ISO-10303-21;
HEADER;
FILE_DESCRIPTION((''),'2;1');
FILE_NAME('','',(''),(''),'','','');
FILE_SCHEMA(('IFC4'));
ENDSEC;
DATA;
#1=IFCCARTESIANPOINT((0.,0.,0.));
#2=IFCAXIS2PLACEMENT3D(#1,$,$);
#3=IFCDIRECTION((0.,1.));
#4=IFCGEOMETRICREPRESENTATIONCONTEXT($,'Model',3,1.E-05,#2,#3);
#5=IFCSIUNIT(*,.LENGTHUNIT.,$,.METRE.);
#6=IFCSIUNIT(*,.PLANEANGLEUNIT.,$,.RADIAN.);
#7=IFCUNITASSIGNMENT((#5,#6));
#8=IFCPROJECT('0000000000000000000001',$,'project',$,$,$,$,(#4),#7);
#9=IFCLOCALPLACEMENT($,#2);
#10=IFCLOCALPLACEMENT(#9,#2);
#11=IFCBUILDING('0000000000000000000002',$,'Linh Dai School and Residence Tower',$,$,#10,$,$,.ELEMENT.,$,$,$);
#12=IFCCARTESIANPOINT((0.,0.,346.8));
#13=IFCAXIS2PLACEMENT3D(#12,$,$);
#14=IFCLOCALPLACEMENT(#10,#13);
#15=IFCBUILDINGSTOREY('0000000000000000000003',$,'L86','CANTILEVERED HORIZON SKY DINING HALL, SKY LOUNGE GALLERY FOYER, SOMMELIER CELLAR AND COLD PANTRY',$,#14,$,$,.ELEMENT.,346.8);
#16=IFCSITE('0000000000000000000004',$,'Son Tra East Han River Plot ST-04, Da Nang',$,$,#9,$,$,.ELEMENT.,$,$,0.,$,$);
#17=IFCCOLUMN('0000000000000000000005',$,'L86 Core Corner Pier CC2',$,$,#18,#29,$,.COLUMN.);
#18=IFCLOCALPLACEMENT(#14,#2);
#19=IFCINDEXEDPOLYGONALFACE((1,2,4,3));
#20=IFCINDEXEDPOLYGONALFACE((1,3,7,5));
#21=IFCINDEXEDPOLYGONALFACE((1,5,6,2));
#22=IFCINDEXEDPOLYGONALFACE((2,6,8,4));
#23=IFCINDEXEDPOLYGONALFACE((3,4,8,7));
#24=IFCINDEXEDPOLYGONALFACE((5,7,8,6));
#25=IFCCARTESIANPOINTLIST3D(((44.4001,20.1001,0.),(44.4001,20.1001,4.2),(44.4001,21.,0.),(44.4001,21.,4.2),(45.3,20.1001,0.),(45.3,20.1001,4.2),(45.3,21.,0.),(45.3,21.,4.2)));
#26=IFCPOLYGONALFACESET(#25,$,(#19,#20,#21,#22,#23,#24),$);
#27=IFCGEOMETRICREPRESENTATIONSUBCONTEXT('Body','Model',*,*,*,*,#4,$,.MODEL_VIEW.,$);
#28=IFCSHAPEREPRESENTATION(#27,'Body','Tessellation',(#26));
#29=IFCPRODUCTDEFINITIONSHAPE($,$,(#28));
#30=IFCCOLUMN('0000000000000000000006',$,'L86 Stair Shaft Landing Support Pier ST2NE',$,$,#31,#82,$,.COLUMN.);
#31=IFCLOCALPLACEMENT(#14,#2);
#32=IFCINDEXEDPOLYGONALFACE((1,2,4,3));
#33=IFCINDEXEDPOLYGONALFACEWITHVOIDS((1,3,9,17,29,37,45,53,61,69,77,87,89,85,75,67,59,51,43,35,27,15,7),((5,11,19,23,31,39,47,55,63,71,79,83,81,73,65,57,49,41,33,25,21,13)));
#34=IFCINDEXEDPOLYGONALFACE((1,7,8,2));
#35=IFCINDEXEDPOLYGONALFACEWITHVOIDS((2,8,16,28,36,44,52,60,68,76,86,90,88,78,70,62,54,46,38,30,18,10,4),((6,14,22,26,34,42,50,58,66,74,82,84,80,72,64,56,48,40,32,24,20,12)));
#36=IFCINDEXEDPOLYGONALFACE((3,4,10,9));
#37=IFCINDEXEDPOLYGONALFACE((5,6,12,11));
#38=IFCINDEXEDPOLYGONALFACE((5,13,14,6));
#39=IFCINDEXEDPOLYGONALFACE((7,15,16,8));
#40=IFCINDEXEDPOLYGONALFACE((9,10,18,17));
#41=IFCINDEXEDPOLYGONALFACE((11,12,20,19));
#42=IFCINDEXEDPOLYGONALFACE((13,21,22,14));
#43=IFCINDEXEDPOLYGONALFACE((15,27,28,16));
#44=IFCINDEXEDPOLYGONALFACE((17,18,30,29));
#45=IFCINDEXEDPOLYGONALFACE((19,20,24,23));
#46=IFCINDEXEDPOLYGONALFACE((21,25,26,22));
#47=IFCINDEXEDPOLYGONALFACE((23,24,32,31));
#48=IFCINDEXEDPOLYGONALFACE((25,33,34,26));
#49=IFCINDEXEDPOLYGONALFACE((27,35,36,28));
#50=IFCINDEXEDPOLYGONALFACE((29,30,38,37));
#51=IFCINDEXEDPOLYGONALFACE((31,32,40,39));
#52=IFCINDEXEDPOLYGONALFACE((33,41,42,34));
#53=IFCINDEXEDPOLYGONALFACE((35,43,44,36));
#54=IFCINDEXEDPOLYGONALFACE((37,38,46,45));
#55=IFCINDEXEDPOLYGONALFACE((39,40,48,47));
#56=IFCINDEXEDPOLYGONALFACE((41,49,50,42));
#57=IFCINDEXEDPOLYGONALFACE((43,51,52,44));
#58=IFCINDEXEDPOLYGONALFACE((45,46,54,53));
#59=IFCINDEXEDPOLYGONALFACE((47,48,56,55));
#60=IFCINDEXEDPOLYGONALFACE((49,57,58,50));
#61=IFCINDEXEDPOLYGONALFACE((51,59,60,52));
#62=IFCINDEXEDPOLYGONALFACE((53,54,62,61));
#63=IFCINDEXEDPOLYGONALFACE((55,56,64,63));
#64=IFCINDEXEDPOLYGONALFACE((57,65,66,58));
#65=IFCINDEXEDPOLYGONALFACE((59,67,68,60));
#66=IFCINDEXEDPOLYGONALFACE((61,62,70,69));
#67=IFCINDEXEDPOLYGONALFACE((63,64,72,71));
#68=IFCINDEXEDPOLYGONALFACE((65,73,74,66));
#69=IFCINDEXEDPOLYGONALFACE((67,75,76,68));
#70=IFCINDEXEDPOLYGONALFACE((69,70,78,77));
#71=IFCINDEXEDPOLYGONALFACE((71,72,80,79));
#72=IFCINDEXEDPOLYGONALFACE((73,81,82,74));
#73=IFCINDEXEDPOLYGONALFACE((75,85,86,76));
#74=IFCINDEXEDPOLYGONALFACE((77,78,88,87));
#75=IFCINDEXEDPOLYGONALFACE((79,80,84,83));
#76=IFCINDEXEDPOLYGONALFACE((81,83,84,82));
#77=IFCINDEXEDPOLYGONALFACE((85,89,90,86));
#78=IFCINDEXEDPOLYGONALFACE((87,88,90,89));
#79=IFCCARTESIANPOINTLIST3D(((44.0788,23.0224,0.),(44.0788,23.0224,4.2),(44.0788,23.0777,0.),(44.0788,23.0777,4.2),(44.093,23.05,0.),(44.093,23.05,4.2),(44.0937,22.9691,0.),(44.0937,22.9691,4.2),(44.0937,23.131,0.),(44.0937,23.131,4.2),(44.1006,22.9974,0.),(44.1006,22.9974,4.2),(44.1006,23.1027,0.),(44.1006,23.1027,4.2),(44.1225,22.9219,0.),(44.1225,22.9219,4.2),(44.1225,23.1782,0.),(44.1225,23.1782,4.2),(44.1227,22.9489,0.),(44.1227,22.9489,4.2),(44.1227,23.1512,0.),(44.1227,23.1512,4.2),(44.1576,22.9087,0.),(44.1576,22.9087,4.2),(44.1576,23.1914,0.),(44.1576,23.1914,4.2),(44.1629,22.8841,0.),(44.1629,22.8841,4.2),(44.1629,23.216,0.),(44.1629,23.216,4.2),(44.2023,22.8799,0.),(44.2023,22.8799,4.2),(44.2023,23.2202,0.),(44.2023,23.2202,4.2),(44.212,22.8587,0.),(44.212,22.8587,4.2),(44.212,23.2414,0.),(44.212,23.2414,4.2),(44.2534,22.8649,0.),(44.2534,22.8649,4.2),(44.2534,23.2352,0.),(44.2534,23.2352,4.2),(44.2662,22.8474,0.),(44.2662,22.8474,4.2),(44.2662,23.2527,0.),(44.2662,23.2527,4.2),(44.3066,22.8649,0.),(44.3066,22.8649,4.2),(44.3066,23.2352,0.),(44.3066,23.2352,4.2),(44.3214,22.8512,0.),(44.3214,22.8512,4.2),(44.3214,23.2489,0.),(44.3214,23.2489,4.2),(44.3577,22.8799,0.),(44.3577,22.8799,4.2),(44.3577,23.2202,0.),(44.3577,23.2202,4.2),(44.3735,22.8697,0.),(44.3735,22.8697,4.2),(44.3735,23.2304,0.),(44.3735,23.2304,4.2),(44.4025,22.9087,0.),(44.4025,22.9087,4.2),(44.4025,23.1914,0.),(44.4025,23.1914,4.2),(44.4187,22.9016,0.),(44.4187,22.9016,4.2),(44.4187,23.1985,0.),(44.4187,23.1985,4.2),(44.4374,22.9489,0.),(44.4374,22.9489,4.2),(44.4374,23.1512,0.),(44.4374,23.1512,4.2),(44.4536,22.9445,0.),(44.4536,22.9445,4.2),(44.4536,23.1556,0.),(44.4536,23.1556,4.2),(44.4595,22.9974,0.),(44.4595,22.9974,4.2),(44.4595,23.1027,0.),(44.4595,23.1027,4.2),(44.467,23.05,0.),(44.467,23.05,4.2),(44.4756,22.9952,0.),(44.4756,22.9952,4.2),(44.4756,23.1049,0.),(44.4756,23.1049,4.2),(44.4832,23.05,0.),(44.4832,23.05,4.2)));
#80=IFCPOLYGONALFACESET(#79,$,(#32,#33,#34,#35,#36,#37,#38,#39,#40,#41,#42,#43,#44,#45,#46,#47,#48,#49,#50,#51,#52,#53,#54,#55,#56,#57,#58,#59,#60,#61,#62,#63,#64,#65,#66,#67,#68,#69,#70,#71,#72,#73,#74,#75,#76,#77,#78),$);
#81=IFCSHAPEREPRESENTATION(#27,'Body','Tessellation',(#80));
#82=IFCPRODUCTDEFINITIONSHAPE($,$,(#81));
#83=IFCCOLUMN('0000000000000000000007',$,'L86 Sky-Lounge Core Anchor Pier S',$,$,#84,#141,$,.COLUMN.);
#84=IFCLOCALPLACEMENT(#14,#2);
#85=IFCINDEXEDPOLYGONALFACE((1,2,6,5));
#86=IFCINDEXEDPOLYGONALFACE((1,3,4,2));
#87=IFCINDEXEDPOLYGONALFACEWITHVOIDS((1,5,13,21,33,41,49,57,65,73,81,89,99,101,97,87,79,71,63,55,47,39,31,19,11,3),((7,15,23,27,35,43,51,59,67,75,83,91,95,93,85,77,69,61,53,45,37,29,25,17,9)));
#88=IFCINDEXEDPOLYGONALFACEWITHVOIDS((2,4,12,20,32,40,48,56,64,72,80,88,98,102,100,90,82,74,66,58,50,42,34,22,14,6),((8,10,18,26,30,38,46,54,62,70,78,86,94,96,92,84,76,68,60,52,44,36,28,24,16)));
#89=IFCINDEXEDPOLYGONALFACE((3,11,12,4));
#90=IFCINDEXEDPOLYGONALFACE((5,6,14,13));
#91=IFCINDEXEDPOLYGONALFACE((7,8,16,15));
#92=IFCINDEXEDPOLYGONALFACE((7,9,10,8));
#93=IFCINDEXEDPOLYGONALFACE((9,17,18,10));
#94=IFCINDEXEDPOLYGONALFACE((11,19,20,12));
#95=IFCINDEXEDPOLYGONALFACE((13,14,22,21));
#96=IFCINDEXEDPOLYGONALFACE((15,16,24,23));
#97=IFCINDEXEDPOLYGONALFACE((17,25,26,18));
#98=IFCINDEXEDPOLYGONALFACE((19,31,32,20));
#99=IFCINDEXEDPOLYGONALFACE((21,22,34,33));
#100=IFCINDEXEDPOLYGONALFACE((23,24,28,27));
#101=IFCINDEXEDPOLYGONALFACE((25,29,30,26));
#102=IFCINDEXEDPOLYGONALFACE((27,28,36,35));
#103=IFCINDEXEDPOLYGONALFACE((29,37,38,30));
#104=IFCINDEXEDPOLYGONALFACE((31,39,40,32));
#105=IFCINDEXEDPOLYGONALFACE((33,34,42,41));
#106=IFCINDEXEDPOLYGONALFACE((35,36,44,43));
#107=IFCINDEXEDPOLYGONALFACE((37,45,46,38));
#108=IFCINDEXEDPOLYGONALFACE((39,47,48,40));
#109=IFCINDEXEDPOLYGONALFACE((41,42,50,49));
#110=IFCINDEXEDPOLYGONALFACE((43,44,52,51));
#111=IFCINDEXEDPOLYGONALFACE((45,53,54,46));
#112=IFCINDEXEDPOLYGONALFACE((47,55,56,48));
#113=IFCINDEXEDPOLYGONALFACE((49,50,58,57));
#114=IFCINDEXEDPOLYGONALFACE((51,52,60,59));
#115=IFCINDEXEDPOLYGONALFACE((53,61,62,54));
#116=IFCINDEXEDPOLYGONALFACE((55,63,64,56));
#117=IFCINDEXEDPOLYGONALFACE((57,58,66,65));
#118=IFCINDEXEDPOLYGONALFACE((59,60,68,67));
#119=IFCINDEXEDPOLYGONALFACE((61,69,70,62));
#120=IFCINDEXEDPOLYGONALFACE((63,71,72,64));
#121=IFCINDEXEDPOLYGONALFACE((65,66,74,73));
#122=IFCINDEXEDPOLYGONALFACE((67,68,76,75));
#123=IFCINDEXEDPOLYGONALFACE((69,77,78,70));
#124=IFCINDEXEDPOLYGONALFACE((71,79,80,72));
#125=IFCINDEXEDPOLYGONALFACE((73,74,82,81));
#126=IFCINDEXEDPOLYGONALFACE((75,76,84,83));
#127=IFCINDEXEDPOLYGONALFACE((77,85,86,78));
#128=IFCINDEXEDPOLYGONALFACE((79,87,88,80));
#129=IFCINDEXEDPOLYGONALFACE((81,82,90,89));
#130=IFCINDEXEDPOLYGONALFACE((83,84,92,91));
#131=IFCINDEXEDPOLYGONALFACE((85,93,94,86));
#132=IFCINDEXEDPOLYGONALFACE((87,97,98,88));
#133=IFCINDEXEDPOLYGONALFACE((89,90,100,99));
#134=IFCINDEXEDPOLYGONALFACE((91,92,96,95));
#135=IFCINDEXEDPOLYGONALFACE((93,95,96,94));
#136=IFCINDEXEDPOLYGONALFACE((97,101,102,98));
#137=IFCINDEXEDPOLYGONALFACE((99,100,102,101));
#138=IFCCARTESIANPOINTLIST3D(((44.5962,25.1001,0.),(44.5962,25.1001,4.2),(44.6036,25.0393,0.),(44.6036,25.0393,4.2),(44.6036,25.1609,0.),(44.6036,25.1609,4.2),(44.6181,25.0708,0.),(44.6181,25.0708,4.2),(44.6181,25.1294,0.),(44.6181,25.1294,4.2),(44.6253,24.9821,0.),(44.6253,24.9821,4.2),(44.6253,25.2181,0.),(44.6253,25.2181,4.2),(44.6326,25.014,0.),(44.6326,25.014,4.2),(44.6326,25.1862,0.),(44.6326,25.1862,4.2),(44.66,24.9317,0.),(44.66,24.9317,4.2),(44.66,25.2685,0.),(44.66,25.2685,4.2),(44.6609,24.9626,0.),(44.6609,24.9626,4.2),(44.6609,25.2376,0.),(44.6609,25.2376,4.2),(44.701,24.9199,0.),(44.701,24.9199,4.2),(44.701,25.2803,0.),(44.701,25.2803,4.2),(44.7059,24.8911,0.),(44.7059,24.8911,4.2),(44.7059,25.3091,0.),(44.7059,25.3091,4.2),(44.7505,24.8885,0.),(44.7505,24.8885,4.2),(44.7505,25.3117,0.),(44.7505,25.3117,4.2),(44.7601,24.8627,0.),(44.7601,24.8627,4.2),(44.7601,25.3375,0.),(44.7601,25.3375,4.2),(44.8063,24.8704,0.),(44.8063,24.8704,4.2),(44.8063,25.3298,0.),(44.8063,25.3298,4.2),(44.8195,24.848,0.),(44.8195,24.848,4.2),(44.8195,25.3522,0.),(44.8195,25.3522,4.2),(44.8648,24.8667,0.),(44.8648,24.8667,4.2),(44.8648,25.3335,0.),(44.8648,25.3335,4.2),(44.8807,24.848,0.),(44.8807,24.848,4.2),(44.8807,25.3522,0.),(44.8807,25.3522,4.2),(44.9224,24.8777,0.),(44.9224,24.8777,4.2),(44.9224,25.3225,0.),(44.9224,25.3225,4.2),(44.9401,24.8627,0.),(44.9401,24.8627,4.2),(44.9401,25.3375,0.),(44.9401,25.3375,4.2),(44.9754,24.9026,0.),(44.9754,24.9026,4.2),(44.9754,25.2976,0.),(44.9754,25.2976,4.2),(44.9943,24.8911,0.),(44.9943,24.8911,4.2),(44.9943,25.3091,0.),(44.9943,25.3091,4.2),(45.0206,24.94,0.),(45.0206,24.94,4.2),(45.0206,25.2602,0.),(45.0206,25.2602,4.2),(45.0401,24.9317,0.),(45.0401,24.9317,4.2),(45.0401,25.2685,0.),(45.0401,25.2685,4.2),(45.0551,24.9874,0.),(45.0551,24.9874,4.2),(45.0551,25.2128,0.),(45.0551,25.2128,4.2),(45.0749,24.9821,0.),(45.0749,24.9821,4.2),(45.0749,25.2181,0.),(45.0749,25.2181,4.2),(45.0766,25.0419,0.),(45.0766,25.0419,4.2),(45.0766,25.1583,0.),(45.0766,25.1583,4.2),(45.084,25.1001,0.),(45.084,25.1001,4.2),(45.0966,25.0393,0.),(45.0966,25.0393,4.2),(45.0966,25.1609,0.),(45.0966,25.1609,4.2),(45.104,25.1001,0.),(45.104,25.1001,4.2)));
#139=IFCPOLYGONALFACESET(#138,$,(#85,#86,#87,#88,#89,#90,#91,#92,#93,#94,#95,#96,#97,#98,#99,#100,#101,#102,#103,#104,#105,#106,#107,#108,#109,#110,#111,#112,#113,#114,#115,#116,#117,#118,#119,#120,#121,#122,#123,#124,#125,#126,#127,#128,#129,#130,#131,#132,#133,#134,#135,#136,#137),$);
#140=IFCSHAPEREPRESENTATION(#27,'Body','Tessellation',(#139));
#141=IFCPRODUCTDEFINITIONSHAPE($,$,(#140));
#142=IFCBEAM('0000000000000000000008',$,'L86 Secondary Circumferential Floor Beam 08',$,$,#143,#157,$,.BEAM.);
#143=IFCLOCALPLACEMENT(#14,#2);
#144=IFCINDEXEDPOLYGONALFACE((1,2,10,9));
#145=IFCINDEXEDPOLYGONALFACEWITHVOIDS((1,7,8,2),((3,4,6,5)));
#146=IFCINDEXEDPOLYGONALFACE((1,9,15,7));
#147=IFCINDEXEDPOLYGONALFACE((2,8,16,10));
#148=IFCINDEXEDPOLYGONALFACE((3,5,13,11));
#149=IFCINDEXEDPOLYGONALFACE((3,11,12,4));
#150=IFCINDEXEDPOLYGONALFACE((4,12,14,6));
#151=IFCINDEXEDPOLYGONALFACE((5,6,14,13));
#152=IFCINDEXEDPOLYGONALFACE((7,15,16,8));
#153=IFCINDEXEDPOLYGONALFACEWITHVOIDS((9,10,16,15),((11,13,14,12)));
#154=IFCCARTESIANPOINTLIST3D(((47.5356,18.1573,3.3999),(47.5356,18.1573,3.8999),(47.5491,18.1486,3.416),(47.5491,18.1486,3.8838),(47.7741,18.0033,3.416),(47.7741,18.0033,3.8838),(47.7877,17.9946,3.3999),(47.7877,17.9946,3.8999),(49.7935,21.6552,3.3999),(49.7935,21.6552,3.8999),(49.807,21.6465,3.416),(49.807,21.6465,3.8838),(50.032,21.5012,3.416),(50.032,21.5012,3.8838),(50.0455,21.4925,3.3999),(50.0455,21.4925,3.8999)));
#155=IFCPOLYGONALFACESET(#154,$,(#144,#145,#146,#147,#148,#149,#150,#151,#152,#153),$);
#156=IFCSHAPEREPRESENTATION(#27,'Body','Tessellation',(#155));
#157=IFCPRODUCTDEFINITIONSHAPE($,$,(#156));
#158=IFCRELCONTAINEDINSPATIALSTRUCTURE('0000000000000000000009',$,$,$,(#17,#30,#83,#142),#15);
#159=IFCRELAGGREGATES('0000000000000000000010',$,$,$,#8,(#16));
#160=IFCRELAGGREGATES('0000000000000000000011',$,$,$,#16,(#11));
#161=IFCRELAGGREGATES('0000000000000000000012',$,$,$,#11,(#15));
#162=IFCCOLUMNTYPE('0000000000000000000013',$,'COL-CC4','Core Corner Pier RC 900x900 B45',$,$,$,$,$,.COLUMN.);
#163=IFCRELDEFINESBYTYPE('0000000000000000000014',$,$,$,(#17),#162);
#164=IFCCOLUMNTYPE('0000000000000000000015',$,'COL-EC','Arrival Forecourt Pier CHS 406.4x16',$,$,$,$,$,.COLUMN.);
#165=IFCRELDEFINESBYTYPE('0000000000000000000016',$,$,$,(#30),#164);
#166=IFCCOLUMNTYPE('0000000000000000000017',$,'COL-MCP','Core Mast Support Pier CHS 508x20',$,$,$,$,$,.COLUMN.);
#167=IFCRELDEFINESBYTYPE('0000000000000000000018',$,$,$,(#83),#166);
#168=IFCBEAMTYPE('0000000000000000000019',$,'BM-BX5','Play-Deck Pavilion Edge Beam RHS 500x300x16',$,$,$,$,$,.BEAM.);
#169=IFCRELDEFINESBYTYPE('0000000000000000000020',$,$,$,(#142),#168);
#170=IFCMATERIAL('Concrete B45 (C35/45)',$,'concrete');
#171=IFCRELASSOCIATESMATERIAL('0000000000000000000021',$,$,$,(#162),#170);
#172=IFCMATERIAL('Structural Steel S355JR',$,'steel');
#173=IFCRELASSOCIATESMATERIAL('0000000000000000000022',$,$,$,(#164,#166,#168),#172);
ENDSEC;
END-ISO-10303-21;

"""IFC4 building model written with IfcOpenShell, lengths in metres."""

from ifc_helpers import new_model, si_unit, direction, frame, origin, origin_2d, place, context, subcontext, project, spatial, rectangle, hollow_rectangle, hollow_circle, extrude, material, material_profile, profile_set, type_object, element, save


model = new_model("IFC4")

# Units and contexts
model_context = context("Model", 3, precision=1e-05, world=origin(), true_north=direction((0.0, 1.0)))
body_context = subcontext(model_context, "Body", "Model", "MODEL_VIEW")
ifc_project = project(units=[si_unit("LENGTHUNIT", "METRE"), si_unit("PLANEANGLEUNIT", "RADIAN")], contexts=[model_context])

# Site, building, storey
site_placement = place(None, origin())
site = spatial("IfcSite", under=ifc_project, at=site_placement, Name="Son Tra East Han River Plot ST-04, Da Nang", CompositionType="ELEMENT", RefElevation=0.0)
building_placement = place(site_placement, origin())
building = spatial("IfcBuilding", under=site, at=building_placement, Name="Linh Dai School and Residence Tower", CompositionType="ELEMENT")
storey_placement = place(building_placement, frame((0.0, 0.0, 346.8)))
storey = spatial("IfcBuildingStorey", under=building, at=storey_placement, Name="L86", Description="CANTILEVERED HORIZON SKY DINING HALL, SKY LOUNGE GALLERY FOYER, SOMMELIER CELLAR AND COLD PANTRY", CompositionType="ELEMENT", Elevation=346.8)

# Columns
ifc_material_1 = material(Name="Concrete B45 (C35/45)", Category="concrete")
ifc_material_profile_1 = material_profile(ifc_material_1, rectangle(XDim=0.8999, YDim=0.8999, at=origin_2d()), Name="RC 900x900")
ifc_profile_set_1 = profile_set([ifc_material_profile_1], Name="Concrete B45 (C35/45)")
column_type_1 = type_object("IfcColumnType", Name="COL-CC4", Description="Core Corner Pier RC 900x900 B45", PredefinedType="COLUMN", material=ifc_profile_set_1)
column_1_placement = place(storey_placement, frame((44.8501, 20.55, 0.0), z_axis=(0.0, 0.0, 1.0), x_axis=(1.0, 0.0, 0.0)))
element("IfcColumn", 1, at=column_1_placement, inside=storey, type_object=column_type_1, Name="L86 Core Corner Pier CC2", PredefinedType="COLUMN", context=body_context, shape_type="SweptSolid", body=[
    extrude(rectangle(XDim=0.8999, YDim=0.8999, at=origin_2d()), origin(), (0.0, 0.0, 1.0), 4.2),
])
ifc_material_2 = material(Name="Structural Steel S355JR", Category="steel")
ifc_material_profile_2 = material_profile(ifc_material_2, hollow_circle(Radius=0.2031, WallThickness=0.0161, at=origin_2d()), Name="CHS 406.4x16")
ifc_profile_set_2 = profile_set([ifc_material_profile_2], Name="Structural Steel S355JR")
column_type_2 = type_object("IfcColumnType", Name="COL-EC", Description="Arrival Forecourt Pier CHS 406.4x16", PredefinedType="COLUMN", material=ifc_profile_set_2)
column_2_placement = place(storey_placement, frame((44.28, 23.05, 0.0), z_axis=(0.0, 0.0, 1.0), x_axis=(1.0, 0.0, 0.0)))
element("IfcColumn", 2, at=column_2_placement, inside=storey, type_object=column_type_2, Name="L86 Stair Shaft Landing Support Pier ST2NE", PredefinedType="COLUMN", context=body_context, shape_type="SweptSolid", body=[
    extrude(hollow_circle(Radius=0.2031, WallThickness=0.0161, at=origin_2d()), origin(), (0.0, 0.0, 1.0), 4.2),
])
ifc_material_profile_3 = material_profile(ifc_material_2, hollow_circle(Radius=0.2539, WallThickness=0.02, at=origin_2d()), Name="CHS 508x20")
ifc_profile_set_3 = profile_set([ifc_material_profile_3], Name="Structural Steel S355JR")
column_type_3 = type_object("IfcColumnType", Name="COL-MCP", Description="Core Mast Support Pier CHS 508x20", PredefinedType="COLUMN", material=ifc_profile_set_3)
column_3_placement = place(storey_placement, frame((44.8501, 25.1001, 0.0), z_axis=(0.0, 0.0, 1.0), x_axis=(1.0, 0.0, 0.0)))
element("IfcColumn", 3, at=column_3_placement, inside=storey, type_object=column_type_3, Name="L86 Sky-Lounge Core Anchor Pier S", PredefinedType="COLUMN", context=body_context, shape_type="SweptSolid", body=[
    extrude(hollow_circle(Radius=0.2539, WallThickness=0.02, at=origin_2d()), origin(), (0.0, 0.0, 1.0), 4.2),
])

# Beam
ifc_material_profile_4 = material_profile(ifc_material_2, hollow_rectangle(XDim=0.3, YDim=0.5, WallThickness=0.0161, at=origin_2d()), Name="RHS 500x300x16")
ifc_profile_set_4 = profile_set([ifc_material_profile_4], Name="Structural Steel S355JR")
beam_type_1 = type_object("IfcBeamType", Name="BM-BX5", Description="Play-Deck Pavilion Edge Beam RHS 500x300x16", PredefinedType="BEAM", material=ifc_profile_set_4)
beam_1_placement = place(storey_placement, frame((47.6616, 18.0759, 3.6499), z_axis=(0.542325, 0.840169, 0.0), x_axis=(-0.840169, 0.542325, 0.0)))
element("IfcBeam", 4, at=beam_1_placement, inside=storey, type_object=beam_type_1, Name="L86 Secondary Circumferential Floor Beam 08", PredefinedType="BEAM", context=body_context, shape_type="SweptSolid", body=[
    extrude(hollow_rectangle(XDim=0.3, YDim=0.5, WallThickness=0.0161, at=origin_2d()), origin(), (0.0, 0.0, 1.0), 4.1633),
])

save(model, "model.ifc")
